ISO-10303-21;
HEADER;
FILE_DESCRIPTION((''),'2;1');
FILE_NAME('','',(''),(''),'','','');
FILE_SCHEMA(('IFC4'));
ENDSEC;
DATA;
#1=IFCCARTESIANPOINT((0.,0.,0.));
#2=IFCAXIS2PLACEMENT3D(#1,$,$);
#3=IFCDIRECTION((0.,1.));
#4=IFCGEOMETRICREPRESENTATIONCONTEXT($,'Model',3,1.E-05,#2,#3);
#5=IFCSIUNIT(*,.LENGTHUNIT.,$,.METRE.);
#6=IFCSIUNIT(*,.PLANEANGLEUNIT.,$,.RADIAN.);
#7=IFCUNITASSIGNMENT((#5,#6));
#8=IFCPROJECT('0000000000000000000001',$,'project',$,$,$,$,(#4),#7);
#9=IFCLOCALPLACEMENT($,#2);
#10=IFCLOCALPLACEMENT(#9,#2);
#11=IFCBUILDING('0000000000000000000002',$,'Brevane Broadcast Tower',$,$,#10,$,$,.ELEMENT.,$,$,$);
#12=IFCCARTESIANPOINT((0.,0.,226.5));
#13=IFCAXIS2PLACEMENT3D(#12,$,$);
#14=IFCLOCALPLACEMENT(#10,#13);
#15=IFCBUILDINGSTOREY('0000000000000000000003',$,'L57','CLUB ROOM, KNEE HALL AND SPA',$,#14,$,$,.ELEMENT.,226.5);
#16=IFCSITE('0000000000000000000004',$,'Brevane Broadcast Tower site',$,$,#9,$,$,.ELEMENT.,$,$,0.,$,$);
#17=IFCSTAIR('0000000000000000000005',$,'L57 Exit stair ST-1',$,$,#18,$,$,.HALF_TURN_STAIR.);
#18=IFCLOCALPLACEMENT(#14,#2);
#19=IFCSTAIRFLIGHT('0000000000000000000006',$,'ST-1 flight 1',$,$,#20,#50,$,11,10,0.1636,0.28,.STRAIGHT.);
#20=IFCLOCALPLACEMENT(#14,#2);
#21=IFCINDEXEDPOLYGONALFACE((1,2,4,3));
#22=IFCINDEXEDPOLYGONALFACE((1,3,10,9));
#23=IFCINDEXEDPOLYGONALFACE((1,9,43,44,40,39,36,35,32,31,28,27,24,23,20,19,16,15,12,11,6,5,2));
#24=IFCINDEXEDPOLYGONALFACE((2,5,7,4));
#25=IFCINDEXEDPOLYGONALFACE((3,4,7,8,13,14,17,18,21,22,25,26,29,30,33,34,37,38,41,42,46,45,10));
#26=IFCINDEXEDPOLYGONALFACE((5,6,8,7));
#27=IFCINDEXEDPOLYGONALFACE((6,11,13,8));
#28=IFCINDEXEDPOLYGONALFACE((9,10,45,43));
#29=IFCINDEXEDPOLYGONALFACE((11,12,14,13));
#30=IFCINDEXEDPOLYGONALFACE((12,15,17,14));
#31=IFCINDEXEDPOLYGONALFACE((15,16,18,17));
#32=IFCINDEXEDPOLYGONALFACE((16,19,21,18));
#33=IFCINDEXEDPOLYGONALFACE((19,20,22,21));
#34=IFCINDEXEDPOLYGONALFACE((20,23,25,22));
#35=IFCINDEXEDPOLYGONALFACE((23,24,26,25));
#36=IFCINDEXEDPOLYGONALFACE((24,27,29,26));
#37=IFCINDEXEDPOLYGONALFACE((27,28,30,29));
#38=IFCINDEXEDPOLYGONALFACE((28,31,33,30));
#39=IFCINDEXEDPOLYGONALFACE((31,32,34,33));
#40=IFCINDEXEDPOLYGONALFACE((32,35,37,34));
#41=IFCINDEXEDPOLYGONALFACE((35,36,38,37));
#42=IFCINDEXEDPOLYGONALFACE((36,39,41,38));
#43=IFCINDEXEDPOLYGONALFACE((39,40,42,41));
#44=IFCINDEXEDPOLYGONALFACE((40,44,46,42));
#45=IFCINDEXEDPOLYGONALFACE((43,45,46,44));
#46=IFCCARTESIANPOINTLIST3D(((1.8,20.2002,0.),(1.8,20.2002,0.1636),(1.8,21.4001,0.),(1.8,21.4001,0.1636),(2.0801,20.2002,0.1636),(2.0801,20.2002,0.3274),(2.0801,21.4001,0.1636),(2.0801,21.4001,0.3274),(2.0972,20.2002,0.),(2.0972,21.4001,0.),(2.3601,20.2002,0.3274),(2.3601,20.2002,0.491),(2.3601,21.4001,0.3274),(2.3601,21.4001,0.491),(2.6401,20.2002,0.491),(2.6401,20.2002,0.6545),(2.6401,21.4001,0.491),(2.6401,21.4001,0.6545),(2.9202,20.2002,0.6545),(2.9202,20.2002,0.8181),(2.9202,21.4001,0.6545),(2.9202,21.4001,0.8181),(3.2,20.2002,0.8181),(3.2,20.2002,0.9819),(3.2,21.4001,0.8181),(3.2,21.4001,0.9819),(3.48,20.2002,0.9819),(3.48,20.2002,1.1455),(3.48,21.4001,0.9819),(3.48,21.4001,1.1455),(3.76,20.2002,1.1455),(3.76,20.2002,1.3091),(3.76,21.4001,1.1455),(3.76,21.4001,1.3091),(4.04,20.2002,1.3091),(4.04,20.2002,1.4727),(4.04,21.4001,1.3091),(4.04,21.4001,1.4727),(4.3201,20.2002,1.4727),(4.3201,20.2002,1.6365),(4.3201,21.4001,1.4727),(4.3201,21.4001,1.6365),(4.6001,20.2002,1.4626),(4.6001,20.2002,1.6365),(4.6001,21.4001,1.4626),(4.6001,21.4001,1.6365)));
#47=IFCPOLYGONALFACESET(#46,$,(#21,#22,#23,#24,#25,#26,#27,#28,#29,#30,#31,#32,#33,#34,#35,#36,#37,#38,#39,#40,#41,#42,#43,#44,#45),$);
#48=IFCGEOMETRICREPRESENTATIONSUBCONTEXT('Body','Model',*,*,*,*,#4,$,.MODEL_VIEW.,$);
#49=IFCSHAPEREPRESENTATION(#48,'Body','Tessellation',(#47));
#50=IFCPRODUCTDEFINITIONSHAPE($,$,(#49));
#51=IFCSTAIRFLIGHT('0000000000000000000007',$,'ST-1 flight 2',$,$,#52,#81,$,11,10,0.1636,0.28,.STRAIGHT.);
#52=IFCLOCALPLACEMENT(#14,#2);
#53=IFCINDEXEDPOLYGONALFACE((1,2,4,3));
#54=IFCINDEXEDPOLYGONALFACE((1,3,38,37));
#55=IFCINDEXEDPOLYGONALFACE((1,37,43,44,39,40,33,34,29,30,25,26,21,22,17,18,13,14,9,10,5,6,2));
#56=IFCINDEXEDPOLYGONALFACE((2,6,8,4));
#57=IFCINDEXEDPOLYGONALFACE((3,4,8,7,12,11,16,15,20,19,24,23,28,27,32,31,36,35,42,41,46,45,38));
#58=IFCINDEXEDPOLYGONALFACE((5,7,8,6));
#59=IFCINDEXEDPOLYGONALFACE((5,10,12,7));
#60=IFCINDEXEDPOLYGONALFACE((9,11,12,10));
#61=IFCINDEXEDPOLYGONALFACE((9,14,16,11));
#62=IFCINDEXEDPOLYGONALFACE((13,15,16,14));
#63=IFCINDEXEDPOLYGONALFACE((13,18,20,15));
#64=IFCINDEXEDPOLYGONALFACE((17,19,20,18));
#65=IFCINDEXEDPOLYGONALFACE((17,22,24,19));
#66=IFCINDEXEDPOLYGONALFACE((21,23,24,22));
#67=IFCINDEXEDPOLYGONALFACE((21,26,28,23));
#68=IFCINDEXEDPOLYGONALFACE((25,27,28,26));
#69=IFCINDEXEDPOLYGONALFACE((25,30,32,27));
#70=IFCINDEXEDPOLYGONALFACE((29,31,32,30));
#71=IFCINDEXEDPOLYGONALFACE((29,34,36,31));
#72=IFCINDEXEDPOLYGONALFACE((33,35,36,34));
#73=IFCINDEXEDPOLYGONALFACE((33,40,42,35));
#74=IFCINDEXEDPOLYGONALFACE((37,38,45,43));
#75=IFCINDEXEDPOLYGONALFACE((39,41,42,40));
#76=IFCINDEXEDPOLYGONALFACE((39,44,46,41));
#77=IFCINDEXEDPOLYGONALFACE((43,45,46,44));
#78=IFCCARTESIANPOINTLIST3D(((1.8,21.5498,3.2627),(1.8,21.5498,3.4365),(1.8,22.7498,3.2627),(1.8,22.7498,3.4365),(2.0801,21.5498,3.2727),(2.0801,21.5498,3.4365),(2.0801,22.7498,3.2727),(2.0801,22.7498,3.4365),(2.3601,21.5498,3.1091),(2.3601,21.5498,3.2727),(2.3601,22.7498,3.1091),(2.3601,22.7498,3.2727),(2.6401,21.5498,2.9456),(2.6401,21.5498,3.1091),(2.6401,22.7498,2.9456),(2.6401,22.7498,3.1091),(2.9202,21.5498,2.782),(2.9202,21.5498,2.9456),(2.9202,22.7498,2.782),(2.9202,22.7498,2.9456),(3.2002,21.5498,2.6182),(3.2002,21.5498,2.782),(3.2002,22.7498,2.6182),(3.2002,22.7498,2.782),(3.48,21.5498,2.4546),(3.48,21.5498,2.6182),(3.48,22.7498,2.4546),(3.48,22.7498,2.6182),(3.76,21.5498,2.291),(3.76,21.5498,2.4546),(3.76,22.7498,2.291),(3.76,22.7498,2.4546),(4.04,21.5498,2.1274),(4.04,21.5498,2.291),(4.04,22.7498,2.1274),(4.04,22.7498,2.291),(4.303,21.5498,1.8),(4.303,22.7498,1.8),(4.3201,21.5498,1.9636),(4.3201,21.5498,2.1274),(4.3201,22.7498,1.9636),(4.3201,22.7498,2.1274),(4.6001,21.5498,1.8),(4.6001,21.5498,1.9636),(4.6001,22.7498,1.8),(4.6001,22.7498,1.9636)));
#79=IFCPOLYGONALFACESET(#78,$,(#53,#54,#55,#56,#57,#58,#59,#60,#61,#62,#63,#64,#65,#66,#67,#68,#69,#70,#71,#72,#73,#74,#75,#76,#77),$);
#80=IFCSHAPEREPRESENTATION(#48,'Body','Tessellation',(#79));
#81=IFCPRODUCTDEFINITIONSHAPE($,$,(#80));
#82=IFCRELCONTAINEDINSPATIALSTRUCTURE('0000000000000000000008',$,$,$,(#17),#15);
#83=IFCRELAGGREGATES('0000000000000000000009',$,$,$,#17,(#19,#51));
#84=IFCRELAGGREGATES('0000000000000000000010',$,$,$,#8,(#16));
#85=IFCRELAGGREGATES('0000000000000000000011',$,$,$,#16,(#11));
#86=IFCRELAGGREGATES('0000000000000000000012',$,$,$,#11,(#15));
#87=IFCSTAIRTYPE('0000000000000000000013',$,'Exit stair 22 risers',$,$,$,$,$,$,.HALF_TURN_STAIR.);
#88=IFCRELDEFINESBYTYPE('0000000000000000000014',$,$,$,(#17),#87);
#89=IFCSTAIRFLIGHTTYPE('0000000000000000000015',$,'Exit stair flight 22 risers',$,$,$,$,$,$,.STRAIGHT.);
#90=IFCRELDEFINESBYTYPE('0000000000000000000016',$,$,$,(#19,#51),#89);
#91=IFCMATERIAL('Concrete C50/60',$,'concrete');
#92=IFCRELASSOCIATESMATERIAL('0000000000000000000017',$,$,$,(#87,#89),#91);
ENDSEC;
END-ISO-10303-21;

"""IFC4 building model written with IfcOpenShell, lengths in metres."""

from ifc_helpers import new_model, si_unit, direction, frame, origin, place, context, subcontext, project, spatial, polyline, outline, extrude, material, type_object, element, aggregate, save


model = new_model("IFC4")

# Units and contexts
model_context = context("Model", 3, precision=1e-05, world=origin(), true_north=direction((0.0, 1.0)))
body_context = subcontext(model_context, "Body", "Model", "MODEL_VIEW")
ifc_project = project(units=[si_unit("LENGTHUNIT", "METRE"), si_unit("PLANEANGLEUNIT", "RADIAN")], contexts=[model_context])

# Site, building, storey
site_placement = place(None, origin())
site = spatial("IfcSite", under=ifc_project, at=site_placement, Name="Brevane Broadcast Tower site", CompositionType="ELEMENT", RefElevation=0.0)
building_placement = place(site_placement, origin())
building = spatial("IfcBuilding", under=site, at=building_placement, Name="Brevane Broadcast Tower", CompositionType="ELEMENT")
storey_placement = place(building_placement, frame((0.0, 0.0, 226.5)))
storey = spatial("IfcBuildingStorey", under=building, at=storey_placement, Name="L57", Description="CLUB ROOM, KNEE HALL AND SPA", CompositionType="ELEMENT", Elevation=226.5)

# Shared definitions
ifc_material_1 = material(Name="Concrete C50/60", Category="concrete")

# Stair, stair flights
stair_type = type_object("IfcStairType", Name="Exit stair 22 risers", PredefinedType="HALF_TURN_STAIR", material=ifc_material_1)
stair_placement = place(storey_placement, origin())
stair = element("IfcStair", 1, at=stair_placement, inside=storey, type_object=stair_type, Name="L57 Exit stair ST-1", PredefinedType="HALF_TURN_STAIR")
stair_flight_type = type_object("IfcStairFlightType", Name="Exit stair flight 22 risers", PredefinedType="STRAIGHT", material=ifc_material_1)
stair_flight_1_placement = place(storey_placement, frame((1.8, 20.8, 0.0), z_axis=(0.0, 0.0, 1.0), x_axis=(1.0, 0.0, 0.0)))
stair_flight_1 = element("IfcStairFlight", 2, at=stair_flight_1_placement, type_object=stair_flight_type, Name="ST-1 flight 1", NumberOfRisers=11, NumberOfTreads=10, PredefinedType="STRAIGHT", RiserHeight=0.1636, TreadLength=0.28, context=body_context, shape_type="SweptSolid", body=[
    extrude(outline(polyline([(0.0, 0.0), (0.0, 0.1636), (0.28, 0.1636), (0.28, 0.3274), (0.5601, 0.3274), (0.5601, 0.491), (0.8401, 0.491), (0.8401, 0.6545), (1.1201, 0.6545), (1.1201, 0.8181), (1.3999, 0.8181), (1.3999, 0.9819), (1.6799, 0.9819), (1.6799, 1.1455), (1.96, 1.1455), (1.96, 1.3091), (2.24, 1.3091), (2.24, 1.4727), (2.52, 1.4727), (2.52, 1.6365), (2.8, 1.6365), (2.8, 1.8), (2.8, 1.4626), (0.2971, 0.0), (0.0, 0.0)])), frame((0.0, 0.6001, 0.0), z_axis=(0.0, -1.0, 0.0), x_axis=(1.0, 0.0, 0.0)), (0.0, 0.0, 1.0), 1.2),
])
stair_flight_2_placement = place(storey_placement, frame((4.6001, 22.1499, 1.8), z_axis=(0.0, 0.0, 1.0), x_axis=(-1.0, 0.0, 0.0)))
stair_flight_2 = element("IfcStairFlight", 3, at=stair_flight_2_placement, type_object=stair_flight_type, Name="ST-1 flight 2", NumberOfRisers=11, NumberOfTreads=10, PredefinedType="STRAIGHT", RiserHeight=0.1636, TreadLength=0.28, context=body_context, shape_type="SweptSolid", body=[
    extrude(outline(polyline([(0.0, 0.0), (0.0, 0.1636), (0.28, 0.1636), (0.28, 0.3274), (0.5601, 0.3274), (0.5601, 0.491), (0.8401, 0.491), (0.8401, 0.6545), (1.1201, 0.6545), (1.1201, 0.8181), (1.3999, 0.8181), (1.3999, 0.9819), (1.6799, 0.9819), (1.6799, 1.1455), (1.96, 1.1455), (1.96, 1.3091), (2.24, 1.3091), (2.24, 1.4727), (2.52, 1.4727), (2.52, 1.6365), (2.8, 1.6365), (2.8, 1.8), (2.8, 1.4626), (0.2971, 0.0), (0.0, 0.0)])), frame((0.0, 0.6001, 0.0), z_axis=(0.0, -1.0, 0.0), x_axis=(1.0, 0.0, 0.0)), (0.0, 0.0, 1.0), 1.2),
])
aggregate(stair, [stair_flight_1, stair_flight_2])

save(model, "model.ifc")
